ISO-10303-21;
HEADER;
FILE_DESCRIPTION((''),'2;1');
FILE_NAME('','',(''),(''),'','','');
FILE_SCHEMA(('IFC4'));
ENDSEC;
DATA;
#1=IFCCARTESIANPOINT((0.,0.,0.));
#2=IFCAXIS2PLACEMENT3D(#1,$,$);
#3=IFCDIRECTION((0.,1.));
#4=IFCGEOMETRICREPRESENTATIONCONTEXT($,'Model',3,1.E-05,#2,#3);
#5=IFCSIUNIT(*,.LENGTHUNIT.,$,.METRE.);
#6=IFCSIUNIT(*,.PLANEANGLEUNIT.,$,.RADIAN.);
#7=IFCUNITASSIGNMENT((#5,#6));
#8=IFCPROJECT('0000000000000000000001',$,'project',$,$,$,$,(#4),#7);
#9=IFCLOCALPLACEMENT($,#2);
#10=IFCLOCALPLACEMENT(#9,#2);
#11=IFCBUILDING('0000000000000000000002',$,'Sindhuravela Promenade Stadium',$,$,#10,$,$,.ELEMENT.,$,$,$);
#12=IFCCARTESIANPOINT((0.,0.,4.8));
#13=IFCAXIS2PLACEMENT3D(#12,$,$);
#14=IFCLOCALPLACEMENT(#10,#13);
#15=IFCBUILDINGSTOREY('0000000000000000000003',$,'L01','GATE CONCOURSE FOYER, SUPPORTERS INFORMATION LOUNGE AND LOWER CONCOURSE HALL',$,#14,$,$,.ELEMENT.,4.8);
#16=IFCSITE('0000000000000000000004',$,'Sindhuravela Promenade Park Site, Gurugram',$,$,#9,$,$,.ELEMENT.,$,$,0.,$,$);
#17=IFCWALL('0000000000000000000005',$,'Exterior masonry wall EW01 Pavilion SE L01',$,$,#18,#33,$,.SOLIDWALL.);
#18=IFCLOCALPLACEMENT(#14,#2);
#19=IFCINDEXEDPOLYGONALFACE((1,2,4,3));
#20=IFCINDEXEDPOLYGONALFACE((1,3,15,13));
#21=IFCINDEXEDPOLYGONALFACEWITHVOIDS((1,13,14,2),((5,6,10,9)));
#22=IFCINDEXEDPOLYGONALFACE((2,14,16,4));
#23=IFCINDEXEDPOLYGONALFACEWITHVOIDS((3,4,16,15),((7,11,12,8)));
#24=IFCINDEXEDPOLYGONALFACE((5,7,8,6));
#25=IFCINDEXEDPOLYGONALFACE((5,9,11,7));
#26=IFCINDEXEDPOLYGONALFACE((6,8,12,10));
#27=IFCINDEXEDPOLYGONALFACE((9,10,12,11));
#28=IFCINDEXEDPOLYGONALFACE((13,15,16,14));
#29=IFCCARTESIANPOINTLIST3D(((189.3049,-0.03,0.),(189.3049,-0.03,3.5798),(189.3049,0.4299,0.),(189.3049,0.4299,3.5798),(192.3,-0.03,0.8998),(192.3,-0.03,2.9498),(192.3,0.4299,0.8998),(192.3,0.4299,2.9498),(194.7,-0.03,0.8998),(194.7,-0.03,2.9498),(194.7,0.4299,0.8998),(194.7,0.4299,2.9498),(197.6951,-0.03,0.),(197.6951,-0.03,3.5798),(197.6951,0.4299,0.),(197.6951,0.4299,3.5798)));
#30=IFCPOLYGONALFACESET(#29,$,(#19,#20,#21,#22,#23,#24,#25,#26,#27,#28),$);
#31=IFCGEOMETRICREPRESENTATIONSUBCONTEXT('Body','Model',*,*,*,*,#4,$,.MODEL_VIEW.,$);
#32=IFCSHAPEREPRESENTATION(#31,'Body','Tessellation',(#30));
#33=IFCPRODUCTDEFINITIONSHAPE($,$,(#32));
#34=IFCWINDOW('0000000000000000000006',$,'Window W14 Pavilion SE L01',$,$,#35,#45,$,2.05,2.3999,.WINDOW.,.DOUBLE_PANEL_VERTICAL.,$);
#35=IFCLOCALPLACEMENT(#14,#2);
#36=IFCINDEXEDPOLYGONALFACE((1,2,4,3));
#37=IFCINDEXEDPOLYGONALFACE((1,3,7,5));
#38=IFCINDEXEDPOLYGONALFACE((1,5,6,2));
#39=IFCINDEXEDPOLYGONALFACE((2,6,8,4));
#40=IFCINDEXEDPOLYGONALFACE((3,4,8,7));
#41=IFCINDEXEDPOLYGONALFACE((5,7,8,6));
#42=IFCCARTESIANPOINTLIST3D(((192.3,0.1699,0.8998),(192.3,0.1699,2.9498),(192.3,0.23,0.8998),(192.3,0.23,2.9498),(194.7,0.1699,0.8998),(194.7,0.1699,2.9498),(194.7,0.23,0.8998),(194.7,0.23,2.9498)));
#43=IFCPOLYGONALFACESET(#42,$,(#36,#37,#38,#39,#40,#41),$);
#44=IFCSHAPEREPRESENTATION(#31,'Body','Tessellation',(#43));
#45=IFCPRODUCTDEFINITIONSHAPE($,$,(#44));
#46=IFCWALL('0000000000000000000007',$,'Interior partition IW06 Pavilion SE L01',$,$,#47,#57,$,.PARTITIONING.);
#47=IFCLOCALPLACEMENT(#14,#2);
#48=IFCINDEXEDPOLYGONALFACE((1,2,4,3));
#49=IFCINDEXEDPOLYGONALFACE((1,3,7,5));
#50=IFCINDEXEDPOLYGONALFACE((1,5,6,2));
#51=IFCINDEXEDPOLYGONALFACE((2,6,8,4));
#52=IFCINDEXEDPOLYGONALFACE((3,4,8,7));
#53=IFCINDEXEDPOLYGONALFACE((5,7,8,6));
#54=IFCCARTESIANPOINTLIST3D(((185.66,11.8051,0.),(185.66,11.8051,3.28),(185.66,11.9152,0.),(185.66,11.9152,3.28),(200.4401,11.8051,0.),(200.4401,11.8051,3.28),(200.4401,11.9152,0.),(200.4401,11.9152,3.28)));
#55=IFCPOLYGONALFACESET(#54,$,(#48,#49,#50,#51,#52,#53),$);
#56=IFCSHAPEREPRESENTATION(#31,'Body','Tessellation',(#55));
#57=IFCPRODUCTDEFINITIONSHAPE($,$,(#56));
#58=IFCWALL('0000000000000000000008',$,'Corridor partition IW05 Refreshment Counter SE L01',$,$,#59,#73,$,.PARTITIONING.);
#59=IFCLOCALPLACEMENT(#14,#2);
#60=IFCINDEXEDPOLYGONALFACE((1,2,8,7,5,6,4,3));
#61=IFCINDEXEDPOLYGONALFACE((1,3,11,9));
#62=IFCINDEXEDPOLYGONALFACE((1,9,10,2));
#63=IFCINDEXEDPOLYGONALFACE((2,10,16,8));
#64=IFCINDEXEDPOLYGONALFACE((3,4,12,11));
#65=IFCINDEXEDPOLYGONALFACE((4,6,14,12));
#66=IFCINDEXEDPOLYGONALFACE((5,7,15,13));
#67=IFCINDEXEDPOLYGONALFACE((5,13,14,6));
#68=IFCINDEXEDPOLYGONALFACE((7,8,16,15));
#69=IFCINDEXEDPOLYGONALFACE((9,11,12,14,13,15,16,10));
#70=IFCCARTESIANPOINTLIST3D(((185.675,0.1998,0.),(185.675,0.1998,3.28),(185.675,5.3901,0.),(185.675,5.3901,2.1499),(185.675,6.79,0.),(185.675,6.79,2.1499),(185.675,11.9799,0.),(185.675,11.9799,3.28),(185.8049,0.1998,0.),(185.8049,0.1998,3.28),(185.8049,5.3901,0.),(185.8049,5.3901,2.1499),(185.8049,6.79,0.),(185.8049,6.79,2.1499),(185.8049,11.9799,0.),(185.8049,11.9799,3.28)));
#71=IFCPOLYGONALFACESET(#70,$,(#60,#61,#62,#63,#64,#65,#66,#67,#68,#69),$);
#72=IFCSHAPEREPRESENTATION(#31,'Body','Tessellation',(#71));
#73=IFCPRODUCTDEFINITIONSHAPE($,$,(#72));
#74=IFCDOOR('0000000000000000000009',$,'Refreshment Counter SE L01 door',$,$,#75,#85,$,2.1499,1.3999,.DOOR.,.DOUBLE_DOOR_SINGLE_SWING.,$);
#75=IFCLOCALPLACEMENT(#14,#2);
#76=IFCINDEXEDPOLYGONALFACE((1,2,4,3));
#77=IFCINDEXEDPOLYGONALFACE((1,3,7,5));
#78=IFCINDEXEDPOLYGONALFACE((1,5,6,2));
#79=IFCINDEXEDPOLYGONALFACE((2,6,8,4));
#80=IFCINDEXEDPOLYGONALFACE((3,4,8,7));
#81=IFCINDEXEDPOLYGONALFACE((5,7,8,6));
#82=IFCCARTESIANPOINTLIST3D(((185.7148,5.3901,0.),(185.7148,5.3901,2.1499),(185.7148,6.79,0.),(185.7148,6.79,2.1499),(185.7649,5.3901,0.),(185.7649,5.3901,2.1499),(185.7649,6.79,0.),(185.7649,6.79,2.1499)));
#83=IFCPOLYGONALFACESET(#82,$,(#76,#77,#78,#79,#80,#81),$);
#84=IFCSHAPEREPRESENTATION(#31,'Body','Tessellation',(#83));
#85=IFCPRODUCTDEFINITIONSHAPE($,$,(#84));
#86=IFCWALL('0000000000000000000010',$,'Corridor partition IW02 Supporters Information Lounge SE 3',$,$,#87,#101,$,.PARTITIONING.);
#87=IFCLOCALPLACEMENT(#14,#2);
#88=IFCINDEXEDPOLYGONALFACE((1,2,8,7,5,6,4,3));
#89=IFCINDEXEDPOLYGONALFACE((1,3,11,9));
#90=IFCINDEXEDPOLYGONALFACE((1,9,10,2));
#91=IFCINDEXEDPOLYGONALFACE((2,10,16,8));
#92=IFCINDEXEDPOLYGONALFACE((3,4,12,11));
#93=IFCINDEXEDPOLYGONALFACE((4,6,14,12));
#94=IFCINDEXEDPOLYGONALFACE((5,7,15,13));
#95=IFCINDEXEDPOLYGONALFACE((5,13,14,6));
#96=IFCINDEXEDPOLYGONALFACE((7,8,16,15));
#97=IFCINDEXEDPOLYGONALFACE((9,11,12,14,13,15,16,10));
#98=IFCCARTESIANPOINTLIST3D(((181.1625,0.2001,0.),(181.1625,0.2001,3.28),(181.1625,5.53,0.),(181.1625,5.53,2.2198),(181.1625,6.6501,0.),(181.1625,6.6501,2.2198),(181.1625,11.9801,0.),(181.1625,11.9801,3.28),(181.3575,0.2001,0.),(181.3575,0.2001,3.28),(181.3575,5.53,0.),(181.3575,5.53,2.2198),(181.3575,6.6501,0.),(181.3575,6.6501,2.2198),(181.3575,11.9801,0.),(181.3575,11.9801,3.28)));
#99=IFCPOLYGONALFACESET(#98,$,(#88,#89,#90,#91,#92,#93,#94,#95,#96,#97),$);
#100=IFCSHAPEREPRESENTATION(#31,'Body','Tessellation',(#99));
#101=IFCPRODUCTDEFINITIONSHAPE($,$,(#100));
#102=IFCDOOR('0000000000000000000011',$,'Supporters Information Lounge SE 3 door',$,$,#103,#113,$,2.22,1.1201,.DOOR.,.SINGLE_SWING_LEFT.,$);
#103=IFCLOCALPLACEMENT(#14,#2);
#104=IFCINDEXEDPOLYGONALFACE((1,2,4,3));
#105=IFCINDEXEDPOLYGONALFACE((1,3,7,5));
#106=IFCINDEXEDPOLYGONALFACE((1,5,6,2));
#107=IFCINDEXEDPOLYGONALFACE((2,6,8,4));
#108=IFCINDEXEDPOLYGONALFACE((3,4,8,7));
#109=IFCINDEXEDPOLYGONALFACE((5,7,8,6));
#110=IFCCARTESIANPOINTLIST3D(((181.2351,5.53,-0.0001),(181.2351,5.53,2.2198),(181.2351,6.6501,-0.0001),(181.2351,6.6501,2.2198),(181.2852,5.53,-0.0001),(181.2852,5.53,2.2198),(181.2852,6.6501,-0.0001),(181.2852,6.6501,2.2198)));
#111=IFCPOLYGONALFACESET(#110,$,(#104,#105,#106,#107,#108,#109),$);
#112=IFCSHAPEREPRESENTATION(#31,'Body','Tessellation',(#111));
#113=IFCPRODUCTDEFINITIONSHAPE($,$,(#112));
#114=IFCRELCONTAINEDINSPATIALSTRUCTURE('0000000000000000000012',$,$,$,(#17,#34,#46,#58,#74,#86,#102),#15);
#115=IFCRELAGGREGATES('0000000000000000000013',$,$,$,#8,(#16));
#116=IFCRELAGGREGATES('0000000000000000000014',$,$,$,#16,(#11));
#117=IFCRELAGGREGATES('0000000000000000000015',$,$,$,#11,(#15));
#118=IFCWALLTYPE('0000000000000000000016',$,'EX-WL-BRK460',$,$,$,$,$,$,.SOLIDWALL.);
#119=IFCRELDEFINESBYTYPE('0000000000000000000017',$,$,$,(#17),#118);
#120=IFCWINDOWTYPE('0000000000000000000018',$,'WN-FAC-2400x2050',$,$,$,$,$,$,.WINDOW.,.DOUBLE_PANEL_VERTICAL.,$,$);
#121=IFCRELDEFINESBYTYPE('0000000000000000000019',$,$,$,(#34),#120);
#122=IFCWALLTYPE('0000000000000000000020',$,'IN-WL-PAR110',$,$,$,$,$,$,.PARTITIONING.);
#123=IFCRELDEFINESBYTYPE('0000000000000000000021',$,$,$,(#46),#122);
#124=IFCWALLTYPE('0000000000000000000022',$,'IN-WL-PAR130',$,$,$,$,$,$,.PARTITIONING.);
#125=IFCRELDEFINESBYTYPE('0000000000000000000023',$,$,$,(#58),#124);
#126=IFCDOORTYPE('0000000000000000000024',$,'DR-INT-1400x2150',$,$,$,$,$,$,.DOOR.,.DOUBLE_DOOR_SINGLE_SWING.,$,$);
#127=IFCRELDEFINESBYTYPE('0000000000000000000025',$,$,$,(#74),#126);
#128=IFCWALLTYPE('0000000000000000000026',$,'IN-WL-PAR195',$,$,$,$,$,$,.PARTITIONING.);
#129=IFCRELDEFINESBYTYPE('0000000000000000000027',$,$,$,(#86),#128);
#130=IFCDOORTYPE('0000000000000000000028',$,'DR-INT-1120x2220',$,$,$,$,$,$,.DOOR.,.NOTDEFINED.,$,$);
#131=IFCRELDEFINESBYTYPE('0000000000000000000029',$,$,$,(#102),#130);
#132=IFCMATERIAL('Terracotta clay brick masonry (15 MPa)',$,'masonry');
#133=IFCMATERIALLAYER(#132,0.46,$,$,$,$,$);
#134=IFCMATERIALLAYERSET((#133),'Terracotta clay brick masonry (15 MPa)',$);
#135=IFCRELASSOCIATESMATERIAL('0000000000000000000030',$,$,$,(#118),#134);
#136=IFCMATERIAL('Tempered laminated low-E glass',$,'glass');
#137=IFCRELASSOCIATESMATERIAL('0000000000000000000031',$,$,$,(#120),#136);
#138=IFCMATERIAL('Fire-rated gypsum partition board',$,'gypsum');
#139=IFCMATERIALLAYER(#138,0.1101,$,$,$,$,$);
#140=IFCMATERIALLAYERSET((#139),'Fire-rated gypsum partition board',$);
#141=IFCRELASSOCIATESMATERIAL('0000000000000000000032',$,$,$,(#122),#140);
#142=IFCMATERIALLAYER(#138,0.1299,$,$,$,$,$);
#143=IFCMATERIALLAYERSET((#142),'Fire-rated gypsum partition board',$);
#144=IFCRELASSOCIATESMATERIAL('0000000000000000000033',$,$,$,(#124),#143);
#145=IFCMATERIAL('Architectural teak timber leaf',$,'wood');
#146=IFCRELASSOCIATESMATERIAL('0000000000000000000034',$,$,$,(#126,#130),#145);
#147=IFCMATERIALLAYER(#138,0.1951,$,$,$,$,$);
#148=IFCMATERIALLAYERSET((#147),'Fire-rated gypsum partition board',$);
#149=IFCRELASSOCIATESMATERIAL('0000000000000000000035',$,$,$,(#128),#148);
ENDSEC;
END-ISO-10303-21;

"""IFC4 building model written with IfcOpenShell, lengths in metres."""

from ifc_helpers import new_model, si_unit, direction, frame, frame_2d, origin, place, context, subcontext, project, spatial, rectangle, extrude, material, layer, layer_set, type_object, element, fill, save


model = new_model("IFC4")

# Units and contexts
model_context = context("Model", 3, precision=1e-05, world=origin(), true_north=direction((0.0, 1.0)))
body_context = subcontext(model_context, "Body", "Model", "MODEL_VIEW")
ifc_project = project(units=[si_unit("LENGTHUNIT", "METRE"), si_unit("PLANEANGLEUNIT", "RADIAN")], contexts=[model_context])

# Site, building, storey
site_placement = place(None, origin())
site = spatial("IfcSite", under=ifc_project, at=site_placement, Name="Sindhuravela Promenade Park Site, Gurugram", CompositionType="ELEMENT", RefElevation=0.0)
building_placement = place(site_placement, origin())
building = spatial("IfcBuilding", under=site, at=building_placement, Name="Sindhuravela Promenade Stadium", CompositionType="ELEMENT")
storey_placement = place(building_placement, frame((0.0, 0.0, 4.8)))
storey = spatial("IfcBuildingStorey", under=building, at=storey_placement, Name="L01", Description="GATE CONCOURSE FOYER, SUPPORTERS INFORMATION LOUNGE AND LOWER CONCOURSE HALL", CompositionType="ELEMENT", Elevation=4.8)

# Wall, opening, window
ifc_material_1 = material(Name="Terracotta clay brick masonry (15 MPa)", Category="masonry")
ifc_material_2 = material(Name="Tempered laminated low-E glass", Category="glass")
ifc_layer_1 = layer(ifc_material_1, 0.46)
ifc_layer_set_1 = layer_set([ifc_layer_1], Name="Terracotta clay brick masonry (15 MPa)")
wall_type_1 = type_object("IfcWallType", Name="EX-WL-BRK460", PredefinedType="SOLIDWALL", material=ifc_layer_set_1)
wall_1_placement = place(storey_placement, frame((197.6951, 0.2, 0.0), z_axis=(0.0, 0.0, 1.0), x_axis=(-1.0, 0.0, 0.0)))
wall_1 = element("IfcWall", 1, at=wall_1_placement, inside=storey, type_object=wall_type_1, Name="Exterior masonry wall EW01 Pavilion SE L01", PredefinedType="SOLIDWALL", context=body_context, shape_type="SweptSolid", body=[
    extrude(rectangle(XDim=8.3901, YDim=0.46, at=frame_2d((4.1951, 0.0))), origin(), (0.0, 0.0, 1.0), 3.5798),
])
opening_1_placement = place(wall_1_placement, frame((2.9951, 0.0, 0.8999)))
opening_1 = element("IfcOpeningElement", 2, at=opening_1_placement, cuts=wall_1, PredefinedType="OPENING", context=body_context, shape_type="SweptSolid", body=[
    extrude(rectangle(XDim=2.3999, YDim=2.05, at=frame_2d((1.2, 1.0249))), frame((0.0, 0.24, 0.0), z_axis=(0.0, -1.0, 0.0), x_axis=(1.0, 0.0, 0.0)), (0.0, 0.0, 1.0), 0.48),
])
window_type_1 = type_object("IfcWindowType", Name="WN-FAC-2400x2050", PartitioningType="DOUBLE_PANEL_VERTICAL", PredefinedType="WINDOW", material=ifc_material_2)
window_1_placement = place(opening_1_placement, origin())
window_1 = element("IfcWindow", 3, at=window_1_placement, inside=storey, type_object=window_type_1, Name="Window W14 Pavilion SE L01", OverallHeight=2.05, OverallWidth=2.3999, PartitioningType="DOUBLE_PANEL_VERTICAL", PredefinedType="WINDOW", context=body_context, shape_type="SweptSolid", body=[
    extrude(rectangle(XDim=2.3999, YDim=2.05, at=frame_2d((1.2, 1.0249))), frame((0.0, 0.03, 0.0), z_axis=(0.0, -1.0, 0.0), x_axis=(1.0, 0.0, 0.0)), (0.0, 0.0, 1.0), 0.0601),
])
fill(opening_1, window_1)

# Wall
ifc_material_3 = material(Name="Fire-rated gypsum partition board", Category="gypsum")
ifc_layer_2 = layer(ifc_material_3, 0.1101)
ifc_layer_set_2 = layer_set([ifc_layer_2], Name="Fire-rated gypsum partition board")
wall_type_2 = type_object("IfcWallType", Name="IN-WL-PAR110", PredefinedType="PARTITIONING", material=ifc_layer_set_2)
wall_2_placement = place(storey_placement, frame((185.6599, 11.8601, 0.0), z_axis=(0.0, 0.0, 1.0), x_axis=(1.0, 0.0, 0.0)))
element("IfcWall", 4, at=wall_2_placement, inside=storey, type_object=wall_type_2, Name="Interior partition IW06 Pavilion SE L01", PredefinedType="PARTITIONING", context=body_context, shape_type="SweptSolid", body=[
    extrude(rectangle(XDim=14.78, YDim=0.1101, at=frame_2d((7.3901, 0.0))), origin(), (0.0, 0.0, 1.0), 3.28),
])

# Walls, openings, doors
ifc_layer_3 = layer(ifc_material_3, 0.1299)
ifc_layer_set_3 = layer_set([ifc_layer_3], Name="Fire-rated gypsum partition board")
wall_type_3 = type_object("IfcWallType", Name="IN-WL-PAR130", PredefinedType="PARTITIONING", material=ifc_layer_set_3)
wall_3_placement = place(storey_placement, frame((185.74, 11.98, 0.0), z_axis=(0.0, 0.0, 1.0), x_axis=(0.0, -1.0, 0.0)))
wall_3 = element("IfcWall", 5, at=wall_3_placement, inside=storey, type_object=wall_type_3, Name="Corridor partition IW05 Refreshment Counter SE L01", PredefinedType="PARTITIONING", context=body_context, shape_type="SweptSolid", body=[
    extrude(rectangle(XDim=11.78, YDim=0.1299, at=frame_2d((5.8901, 0.0))), origin(), (0.0, 0.0, 1.0), 3.28),
])
opening_2_placement = place(wall_3_placement, frame((5.1899, 0.0, 0.0)))
opening_2 = element("IfcOpeningElement", 6, at=opening_2_placement, cuts=wall_3, PredefinedType="OPENING", context=body_context, shape_type="SweptSolid", body=[
    extrude(rectangle(XDim=1.3999, YDim=2.1499, at=frame_2d((0.7, 1.075))), frame((0.0, 0.075, 0.0), z_axis=(0.0, -1.0, 0.0), x_axis=(1.0, 0.0, 0.0)), (0.0, 0.0, 1.0), 0.1499),
])
ifc_material_4 = material(Name="Architectural teak timber leaf", Category="wood")
door_type_1 = type_object("IfcDoorType", Name="DR-INT-1400x2150", OperationType="DOUBLE_DOOR_SINGLE_SWING", PredefinedType="DOOR", material=ifc_material_4)
door_1_placement = place(opening_2_placement, origin())
door_1 = element("IfcDoor", 7, at=door_1_placement, inside=storey, type_object=door_type_1, Name="Refreshment Counter SE L01 door", OperationType="DOUBLE_DOOR_SINGLE_SWING", OverallHeight=2.1499, OverallWidth=1.3999, PredefinedType="DOOR", context=body_context, shape_type="SweptSolid", body=[
    extrude(rectangle(XDim=1.3999, YDim=2.1499, at=frame_2d((0.7, 1.075))), frame((0.0, 0.0249, 0.0), z_axis=(0.0, -1.0, 0.0), x_axis=(1.0, 0.0, 0.0)), (0.0, 0.0, 1.0), 0.05),
])
fill(opening_2, door_1)
ifc_layer_4 = layer(ifc_material_3, 0.1951)
ifc_layer_set_4 = layer_set([ifc_layer_4], Name="Fire-rated gypsum partition board")
wall_type_4 = type_object("IfcWallType", Name="IN-WL-PAR195", PredefinedType="PARTITIONING", material=ifc_layer_set_4)
wall_4_placement = place(storey_placement, frame((181.26, 0.2, 0.0), z_axis=(0.0, 0.0, 1.0), x_axis=(0.0, 1.0, 0.0)))
wall_4 = element("IfcWall", 8, at=wall_4_placement, inside=storey, type_object=wall_type_4, Name="Corridor partition IW02 Supporters Information Lounge SE 3", PredefinedType="PARTITIONING", context=body_context, shape_type="SweptSolid", body=[
    extrude(rectangle(XDim=11.78, YDim=0.1951, at=frame_2d((5.8901, 0.0))), origin(), (0.0, 0.0, 1.0), 3.28),
])
opening_3_placement = place(wall_4_placement, frame((5.3301, 0.0, 0.0)))
opening_3 = element("IfcOpeningElement", 9, at=opening_3_placement, cuts=wall_4, PredefinedType="OPENING", context=body_context, shape_type="SweptSolid", body=[
    extrude(rectangle(XDim=1.1201, YDim=2.22, at=frame_2d((0.5601, 1.1099))), frame((0.0, 0.1074, 0.0), z_axis=(0.0, -1.0, 0.0), x_axis=(1.0, 0.0, 0.0)), (0.0, 0.0, 1.0), 0.2151),
])
door_type_2 = type_object("IfcDoorType", Name="DR-INT-1120x2220", OperationType="NOTDEFINED", PredefinedType="DOOR", material=ifc_material_4)
door_2_placement = place(opening_3_placement, origin())
door_2 = element("IfcDoor", 10, at=door_2_placement, inside=storey, type_object=door_type_2, Name="Supporters Information Lounge SE 3 door", OperationType="SINGLE_SWING_LEFT", OverallHeight=2.22, OverallWidth=1.1201, PredefinedType="DOOR", context=body_context, shape_type="SweptSolid", body=[
    extrude(rectangle(XDim=1.1201, YDim=2.22, at=frame_2d((0.5601, 1.1099))), frame((0.0, 0.0249, 0.0), z_axis=(0.0, -1.0, 0.0), x_axis=(1.0, 0.0, 0.0)), (0.0, 0.0, 1.0), 0.05),
])
fill(opening_3, door_2)

save(model, "model.ifc")
